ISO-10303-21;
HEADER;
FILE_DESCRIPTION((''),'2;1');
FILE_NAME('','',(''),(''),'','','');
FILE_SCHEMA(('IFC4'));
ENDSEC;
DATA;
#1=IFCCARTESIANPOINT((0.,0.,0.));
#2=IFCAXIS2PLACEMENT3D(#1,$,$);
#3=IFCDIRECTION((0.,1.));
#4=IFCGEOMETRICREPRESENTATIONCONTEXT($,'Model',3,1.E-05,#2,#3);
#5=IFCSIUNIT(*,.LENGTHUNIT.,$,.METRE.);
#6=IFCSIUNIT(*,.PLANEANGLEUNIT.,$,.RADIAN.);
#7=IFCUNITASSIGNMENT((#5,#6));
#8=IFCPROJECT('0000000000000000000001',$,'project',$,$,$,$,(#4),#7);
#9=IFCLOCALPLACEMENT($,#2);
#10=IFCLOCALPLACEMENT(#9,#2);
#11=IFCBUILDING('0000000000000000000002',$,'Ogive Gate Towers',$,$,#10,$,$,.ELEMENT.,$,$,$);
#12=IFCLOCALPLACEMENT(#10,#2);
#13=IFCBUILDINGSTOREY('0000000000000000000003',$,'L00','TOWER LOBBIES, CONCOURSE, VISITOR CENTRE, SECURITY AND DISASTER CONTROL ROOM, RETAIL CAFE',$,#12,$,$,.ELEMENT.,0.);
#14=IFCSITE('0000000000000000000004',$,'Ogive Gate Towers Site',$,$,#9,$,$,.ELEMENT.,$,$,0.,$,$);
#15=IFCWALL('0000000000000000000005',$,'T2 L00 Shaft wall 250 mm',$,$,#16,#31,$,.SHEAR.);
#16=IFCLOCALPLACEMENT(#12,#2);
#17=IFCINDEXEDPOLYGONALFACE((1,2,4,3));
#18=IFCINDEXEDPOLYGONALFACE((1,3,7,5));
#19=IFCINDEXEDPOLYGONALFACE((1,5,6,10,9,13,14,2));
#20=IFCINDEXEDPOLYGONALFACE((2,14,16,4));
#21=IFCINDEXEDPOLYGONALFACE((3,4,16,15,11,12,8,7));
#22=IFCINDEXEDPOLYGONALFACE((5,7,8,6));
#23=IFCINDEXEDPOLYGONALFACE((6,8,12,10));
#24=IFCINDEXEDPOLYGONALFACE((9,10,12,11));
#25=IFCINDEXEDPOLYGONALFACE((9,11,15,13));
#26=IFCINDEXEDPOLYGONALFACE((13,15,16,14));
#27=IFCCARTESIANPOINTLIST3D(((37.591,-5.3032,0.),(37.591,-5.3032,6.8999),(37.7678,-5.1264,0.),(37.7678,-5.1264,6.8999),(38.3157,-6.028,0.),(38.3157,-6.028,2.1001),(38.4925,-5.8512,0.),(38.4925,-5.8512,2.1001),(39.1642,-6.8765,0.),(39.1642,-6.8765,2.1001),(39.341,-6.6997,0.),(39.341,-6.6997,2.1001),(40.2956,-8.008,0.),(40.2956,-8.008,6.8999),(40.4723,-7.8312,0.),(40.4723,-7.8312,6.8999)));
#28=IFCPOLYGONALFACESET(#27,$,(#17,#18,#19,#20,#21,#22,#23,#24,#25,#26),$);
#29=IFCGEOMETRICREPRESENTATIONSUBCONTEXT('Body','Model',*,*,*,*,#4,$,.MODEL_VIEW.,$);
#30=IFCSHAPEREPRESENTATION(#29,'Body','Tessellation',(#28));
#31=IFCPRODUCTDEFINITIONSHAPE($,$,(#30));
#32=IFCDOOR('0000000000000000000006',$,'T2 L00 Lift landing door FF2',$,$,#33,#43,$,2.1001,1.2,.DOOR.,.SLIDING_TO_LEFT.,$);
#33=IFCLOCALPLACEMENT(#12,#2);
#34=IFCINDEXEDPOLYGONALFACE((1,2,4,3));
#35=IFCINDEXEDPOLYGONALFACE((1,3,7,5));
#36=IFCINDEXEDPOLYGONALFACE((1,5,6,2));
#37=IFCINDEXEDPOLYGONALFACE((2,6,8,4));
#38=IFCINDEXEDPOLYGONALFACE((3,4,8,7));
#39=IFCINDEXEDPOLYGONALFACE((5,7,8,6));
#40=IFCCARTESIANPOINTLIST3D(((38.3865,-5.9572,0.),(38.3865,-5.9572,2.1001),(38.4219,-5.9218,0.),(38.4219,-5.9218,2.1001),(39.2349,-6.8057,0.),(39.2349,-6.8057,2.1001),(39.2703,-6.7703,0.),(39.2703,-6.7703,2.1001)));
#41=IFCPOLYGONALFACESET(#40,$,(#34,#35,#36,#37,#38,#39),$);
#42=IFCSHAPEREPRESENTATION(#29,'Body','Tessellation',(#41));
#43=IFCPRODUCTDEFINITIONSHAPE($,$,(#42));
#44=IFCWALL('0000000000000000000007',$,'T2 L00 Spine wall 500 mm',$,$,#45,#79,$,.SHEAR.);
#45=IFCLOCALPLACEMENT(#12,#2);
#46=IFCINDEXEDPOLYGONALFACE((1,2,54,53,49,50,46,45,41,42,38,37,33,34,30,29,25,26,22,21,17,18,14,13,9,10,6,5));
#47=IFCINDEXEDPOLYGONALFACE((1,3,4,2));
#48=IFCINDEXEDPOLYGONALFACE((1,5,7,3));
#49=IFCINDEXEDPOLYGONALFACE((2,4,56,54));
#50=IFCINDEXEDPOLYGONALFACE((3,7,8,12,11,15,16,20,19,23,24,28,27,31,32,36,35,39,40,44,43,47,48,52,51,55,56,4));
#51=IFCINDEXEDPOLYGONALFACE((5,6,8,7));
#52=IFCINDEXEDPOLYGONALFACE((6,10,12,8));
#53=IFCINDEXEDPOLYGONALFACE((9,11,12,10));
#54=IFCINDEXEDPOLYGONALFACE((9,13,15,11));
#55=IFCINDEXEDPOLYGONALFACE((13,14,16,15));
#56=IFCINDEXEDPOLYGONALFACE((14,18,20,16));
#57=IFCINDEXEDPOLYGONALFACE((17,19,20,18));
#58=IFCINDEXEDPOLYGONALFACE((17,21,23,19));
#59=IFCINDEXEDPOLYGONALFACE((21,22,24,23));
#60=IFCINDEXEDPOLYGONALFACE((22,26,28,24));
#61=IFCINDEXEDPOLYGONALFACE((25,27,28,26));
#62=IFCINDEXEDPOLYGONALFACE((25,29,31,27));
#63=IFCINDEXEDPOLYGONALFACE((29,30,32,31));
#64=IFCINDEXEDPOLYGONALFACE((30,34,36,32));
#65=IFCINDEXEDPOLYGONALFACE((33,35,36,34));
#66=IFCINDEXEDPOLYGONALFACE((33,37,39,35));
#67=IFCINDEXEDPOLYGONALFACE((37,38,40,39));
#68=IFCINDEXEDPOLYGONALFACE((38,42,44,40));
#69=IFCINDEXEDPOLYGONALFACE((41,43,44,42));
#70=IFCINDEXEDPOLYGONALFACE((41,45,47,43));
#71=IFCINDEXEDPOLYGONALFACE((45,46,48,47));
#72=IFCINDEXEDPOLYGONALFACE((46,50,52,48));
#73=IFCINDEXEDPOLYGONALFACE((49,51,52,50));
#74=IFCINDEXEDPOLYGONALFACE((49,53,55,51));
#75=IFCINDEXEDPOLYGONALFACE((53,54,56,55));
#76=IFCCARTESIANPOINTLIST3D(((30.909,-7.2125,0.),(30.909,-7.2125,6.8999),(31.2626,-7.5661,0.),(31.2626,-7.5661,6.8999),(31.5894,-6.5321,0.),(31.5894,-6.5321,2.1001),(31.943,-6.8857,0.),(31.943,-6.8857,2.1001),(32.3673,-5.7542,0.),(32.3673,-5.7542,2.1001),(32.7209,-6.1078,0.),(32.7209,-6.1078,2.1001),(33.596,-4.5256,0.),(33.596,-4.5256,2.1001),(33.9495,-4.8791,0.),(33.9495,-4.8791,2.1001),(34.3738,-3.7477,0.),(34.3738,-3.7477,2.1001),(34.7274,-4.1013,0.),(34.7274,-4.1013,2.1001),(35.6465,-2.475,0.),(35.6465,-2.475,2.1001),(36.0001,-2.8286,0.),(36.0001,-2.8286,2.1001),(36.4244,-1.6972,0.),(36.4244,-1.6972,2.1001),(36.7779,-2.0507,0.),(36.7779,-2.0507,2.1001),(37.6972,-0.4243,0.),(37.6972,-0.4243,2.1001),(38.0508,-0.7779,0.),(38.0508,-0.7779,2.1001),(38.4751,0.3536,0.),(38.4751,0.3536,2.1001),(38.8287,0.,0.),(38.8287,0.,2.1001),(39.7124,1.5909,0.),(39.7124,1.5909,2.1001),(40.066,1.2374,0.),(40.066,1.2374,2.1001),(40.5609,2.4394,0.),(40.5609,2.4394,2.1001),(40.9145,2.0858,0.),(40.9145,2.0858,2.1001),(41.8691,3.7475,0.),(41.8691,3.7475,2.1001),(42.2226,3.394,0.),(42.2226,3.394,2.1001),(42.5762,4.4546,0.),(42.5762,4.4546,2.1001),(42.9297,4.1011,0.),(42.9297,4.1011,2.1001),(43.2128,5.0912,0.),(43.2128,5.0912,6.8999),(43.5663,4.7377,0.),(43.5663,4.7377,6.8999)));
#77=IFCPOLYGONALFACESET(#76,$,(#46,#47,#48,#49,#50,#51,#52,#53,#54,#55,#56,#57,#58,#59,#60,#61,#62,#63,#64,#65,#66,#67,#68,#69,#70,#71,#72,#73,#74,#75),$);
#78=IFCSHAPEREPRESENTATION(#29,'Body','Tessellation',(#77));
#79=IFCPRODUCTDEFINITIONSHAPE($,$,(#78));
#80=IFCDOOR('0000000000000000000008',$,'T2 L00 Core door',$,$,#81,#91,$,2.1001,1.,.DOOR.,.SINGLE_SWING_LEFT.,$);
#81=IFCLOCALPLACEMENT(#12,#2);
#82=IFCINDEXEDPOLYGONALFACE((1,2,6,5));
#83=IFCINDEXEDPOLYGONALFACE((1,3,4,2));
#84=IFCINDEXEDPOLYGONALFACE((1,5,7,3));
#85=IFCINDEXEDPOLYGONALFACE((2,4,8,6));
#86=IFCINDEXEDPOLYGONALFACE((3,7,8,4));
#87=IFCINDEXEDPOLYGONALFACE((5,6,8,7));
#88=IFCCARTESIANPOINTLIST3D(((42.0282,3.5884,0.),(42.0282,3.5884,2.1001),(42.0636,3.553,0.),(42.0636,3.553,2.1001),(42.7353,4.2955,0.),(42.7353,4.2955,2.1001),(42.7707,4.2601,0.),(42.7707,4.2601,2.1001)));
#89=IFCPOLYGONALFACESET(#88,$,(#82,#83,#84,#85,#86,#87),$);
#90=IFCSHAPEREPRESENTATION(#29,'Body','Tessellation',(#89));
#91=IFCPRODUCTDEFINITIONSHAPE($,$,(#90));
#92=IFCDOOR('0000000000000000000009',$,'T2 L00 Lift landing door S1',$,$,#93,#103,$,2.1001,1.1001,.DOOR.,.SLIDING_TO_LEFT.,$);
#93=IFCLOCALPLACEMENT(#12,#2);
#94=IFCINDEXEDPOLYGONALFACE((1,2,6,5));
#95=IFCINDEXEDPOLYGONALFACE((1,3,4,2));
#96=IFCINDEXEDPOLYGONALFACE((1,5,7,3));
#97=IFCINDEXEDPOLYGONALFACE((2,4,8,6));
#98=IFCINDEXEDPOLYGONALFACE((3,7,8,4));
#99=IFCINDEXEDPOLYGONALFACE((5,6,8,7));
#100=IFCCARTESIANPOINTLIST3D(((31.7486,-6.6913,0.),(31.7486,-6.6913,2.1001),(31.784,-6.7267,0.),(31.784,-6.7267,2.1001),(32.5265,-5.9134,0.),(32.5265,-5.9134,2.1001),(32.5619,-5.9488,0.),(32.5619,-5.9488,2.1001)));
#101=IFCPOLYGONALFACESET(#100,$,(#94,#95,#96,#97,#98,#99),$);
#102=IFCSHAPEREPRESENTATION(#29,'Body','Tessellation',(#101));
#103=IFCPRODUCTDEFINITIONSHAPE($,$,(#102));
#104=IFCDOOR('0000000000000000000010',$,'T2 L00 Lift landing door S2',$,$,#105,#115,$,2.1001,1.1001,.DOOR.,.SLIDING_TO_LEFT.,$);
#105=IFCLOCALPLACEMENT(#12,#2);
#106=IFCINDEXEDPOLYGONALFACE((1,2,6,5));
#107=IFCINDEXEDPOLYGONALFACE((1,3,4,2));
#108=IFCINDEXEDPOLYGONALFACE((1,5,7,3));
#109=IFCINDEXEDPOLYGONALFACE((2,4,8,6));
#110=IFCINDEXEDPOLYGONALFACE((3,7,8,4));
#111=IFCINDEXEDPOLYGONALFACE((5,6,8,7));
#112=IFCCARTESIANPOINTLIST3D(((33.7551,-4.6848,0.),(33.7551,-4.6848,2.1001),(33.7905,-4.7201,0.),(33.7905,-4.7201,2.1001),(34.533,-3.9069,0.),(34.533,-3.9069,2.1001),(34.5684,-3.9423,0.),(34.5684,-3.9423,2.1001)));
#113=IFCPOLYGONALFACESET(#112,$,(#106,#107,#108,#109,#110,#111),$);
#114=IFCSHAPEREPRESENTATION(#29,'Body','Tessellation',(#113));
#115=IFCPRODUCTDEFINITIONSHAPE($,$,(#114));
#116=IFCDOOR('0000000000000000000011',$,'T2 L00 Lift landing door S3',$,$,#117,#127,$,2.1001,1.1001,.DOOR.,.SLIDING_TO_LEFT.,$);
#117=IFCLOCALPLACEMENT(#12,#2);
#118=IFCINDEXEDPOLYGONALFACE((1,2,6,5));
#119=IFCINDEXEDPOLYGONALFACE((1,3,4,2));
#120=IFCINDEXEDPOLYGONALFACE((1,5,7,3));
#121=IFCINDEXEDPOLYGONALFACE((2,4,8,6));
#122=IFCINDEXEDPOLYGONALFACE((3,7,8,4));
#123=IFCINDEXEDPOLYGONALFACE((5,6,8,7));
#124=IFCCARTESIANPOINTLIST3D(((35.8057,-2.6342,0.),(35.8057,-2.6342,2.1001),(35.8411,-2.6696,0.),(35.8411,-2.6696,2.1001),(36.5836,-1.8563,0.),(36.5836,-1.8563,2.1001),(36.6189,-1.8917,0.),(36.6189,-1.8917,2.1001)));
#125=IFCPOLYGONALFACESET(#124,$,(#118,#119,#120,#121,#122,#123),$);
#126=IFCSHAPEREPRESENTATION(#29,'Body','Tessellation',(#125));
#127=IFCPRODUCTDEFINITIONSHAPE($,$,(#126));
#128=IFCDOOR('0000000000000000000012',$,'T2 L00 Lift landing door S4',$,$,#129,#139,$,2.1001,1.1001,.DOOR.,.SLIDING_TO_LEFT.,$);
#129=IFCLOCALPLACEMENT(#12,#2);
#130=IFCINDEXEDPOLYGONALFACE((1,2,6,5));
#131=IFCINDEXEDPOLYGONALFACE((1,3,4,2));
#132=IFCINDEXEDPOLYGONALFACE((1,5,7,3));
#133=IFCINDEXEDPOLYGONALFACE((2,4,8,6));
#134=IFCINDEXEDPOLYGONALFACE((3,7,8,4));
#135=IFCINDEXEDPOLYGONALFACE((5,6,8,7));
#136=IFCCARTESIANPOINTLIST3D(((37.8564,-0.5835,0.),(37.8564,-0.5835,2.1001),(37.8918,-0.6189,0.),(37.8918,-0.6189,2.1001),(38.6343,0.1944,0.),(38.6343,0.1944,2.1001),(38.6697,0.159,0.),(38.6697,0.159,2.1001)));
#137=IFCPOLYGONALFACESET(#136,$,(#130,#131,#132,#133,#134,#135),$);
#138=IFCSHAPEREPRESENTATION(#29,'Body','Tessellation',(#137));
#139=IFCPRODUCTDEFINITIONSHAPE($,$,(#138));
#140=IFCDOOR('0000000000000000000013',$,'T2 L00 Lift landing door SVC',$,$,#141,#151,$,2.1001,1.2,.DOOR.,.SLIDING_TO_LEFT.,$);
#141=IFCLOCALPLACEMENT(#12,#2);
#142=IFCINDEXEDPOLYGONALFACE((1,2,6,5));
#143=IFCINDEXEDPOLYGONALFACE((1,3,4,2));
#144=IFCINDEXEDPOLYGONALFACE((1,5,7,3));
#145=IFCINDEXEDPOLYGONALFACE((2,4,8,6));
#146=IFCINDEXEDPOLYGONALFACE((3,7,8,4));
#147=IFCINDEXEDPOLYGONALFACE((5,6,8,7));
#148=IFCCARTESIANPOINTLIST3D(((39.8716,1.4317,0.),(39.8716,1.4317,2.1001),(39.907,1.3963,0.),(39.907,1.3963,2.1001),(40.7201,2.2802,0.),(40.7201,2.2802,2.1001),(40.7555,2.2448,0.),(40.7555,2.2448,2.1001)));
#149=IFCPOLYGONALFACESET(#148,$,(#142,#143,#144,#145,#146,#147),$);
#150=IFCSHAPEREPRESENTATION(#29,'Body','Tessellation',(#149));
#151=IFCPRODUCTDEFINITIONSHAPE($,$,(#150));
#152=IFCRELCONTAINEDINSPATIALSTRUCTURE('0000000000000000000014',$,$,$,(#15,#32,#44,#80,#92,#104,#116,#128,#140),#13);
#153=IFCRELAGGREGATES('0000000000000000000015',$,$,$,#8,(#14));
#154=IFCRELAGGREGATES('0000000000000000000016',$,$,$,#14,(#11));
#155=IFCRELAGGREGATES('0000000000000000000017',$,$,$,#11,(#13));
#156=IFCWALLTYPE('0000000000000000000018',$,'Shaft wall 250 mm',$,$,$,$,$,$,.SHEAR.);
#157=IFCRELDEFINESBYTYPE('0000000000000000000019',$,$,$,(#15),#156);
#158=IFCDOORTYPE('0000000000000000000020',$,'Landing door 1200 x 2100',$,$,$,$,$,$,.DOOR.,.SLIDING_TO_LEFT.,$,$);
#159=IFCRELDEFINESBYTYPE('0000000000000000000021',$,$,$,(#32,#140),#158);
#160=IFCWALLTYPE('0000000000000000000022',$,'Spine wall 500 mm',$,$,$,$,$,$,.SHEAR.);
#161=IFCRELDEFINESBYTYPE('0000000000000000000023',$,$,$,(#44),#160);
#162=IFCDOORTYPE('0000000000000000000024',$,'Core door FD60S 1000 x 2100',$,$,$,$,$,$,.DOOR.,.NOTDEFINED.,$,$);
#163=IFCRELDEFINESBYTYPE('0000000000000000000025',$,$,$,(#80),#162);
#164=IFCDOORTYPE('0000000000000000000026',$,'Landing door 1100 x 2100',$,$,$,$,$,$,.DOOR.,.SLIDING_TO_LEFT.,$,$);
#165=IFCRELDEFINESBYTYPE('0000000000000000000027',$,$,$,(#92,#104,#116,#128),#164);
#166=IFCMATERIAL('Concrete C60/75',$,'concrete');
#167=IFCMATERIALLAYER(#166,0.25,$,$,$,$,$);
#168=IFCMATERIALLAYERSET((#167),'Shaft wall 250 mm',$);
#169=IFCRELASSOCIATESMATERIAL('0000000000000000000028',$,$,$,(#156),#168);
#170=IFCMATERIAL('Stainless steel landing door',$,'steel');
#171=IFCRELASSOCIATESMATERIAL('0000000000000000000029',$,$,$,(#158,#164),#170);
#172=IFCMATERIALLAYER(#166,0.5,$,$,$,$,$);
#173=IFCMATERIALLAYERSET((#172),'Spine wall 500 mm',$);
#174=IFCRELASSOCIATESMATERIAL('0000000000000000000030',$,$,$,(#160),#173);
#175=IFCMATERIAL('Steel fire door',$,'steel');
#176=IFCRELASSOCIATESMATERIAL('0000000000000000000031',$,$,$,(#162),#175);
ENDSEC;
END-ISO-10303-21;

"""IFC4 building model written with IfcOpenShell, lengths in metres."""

from ifc_helpers import new_model, si_unit, direction, frame, frame_2d, origin, place, context, subcontext, project, spatial, rectangle, extrude, material, layer, layer_set, type_object, element, fill, save


model = new_model("IFC4")

# Units and contexts
model_context = context("Model", 3, precision=1e-05, world=origin(), true_north=direction((0.0, 1.0)))
body_context = subcontext(model_context, "Body", "Model", "MODEL_VIEW")
ifc_project = project(units=[si_unit("LENGTHUNIT", "METRE"), si_unit("PLANEANGLEUNIT", "RADIAN")], contexts=[model_context])

# Site, building, storey
site_placement = place(None, origin())
site = spatial("IfcSite", under=ifc_project, at=site_placement, Name="Ogive Gate Towers Site", CompositionType="ELEMENT", RefElevation=0.0)
building_placement = place(site_placement, origin())
building = spatial("IfcBuilding", under=site, at=building_placement, Name="Ogive Gate Towers", CompositionType="ELEMENT")
storey_placement = place(building_placement, origin())
storey = spatial("IfcBuildingStorey", under=building, at=storey_placement, Name="L00", Description="TOWER LOBBIES, CONCOURSE, VISITOR CENTRE, SECURITY AND DISASTER CONTROL ROOM, RETAIL CAFE", CompositionType="ELEMENT", Elevation=0.0)

# Shared definitions
ifc_material_1 = material(Name="Concrete C60/75", Category="concrete")
ifc_material_2 = material(Name="Steel fire door", Category="steel")

# Shared definitions
ifc_layer_1 = layer(ifc_material_1, 0.25)
ifc_layer_set_1 = layer_set([ifc_layer_1], Name="Shaft wall 250 mm")
wall_type_1 = type_object("IfcWallType", Name="Shaft wall 250 mm", PredefinedType="SHEAR", material=ifc_layer_set_1)

# Wall, opening, door
wall_1_placement = place(storey_placement, frame((40.384, -7.9197, 0.0), z_axis=(0.0, 0.0, 1.0), x_axis=(-0.707075, 0.707139, 0.0)))
wall_1 = element("IfcWall", 1, at=wall_1_placement, inside=storey, type_object=wall_type_1, Name="T2 L00 Shaft wall 250 mm", PredefinedType="SHEAR", context=body_context, shape_type="SweptSolid", body=[
    extrude(rectangle(XDim=3.825, YDim=0.25, at=frame_2d((1.9126, 0.0))), origin(), (0.0, 0.0, 1.0), 6.8999),
])
opening_1_placement = place(wall_1_placement, frame((1.6001, 0.0, 0.0)))
opening_1 = element("IfcOpeningElement", 2, at=opening_1_placement, cuts=wall_1, PredefinedType="OPENING", context=body_context, shape_type="SweptSolid", body=[
    extrude(rectangle(XDim=1.2, YDim=2.1001, at=frame_2d((0.6001, 1.05))), frame((0.0, 0.135, 0.0), z_axis=(0.0, -1.0, 0.0), x_axis=(1.0, 0.0, 0.0)), (0.0, 0.0, 1.0), 0.27),
])
ifc_material_3 = material(Name="Stainless steel landing door", Category="steel")
door_type_1 = type_object("IfcDoorType", Name="Landing door 1200 x 2100", OperationType="SLIDING_TO_LEFT", PredefinedType="DOOR", material=ifc_material_3)
door_1_placement = place(opening_1_placement, origin())
door_1 = element("IfcDoor", 3, at=door_1_placement, inside=storey, type_object=door_type_1, Name="T2 L00 Lift landing door FF2", OperationType="SLIDING_TO_LEFT", OverallHeight=2.1001, OverallWidth=1.2, PredefinedType="DOOR", context=body_context, shape_type="SweptSolid", body=[
    extrude(rectangle(XDim=1.2, YDim=2.1001, at=frame_2d((0.6001, 1.05))), frame((0.0, 0.0249, 0.0), z_axis=(0.0, -1.0, 0.0), x_axis=(1.0, 0.0, 0.0)), (0.0, 0.0, 1.0), 0.05),
])
fill(opening_1, door_1)

# Wall, openings, doors
ifc_layer_2 = layer(ifc_material_1, 0.5)
ifc_layer_set_2 = layer_set([ifc_layer_2], Name="Spine wall 500 mm")
wall_type_2 = type_object("IfcWallType", Name="Spine wall 500 mm", PredefinedType="SHEAR", material=ifc_layer_set_2)
wall_2_placement = place(storey_placement, frame((31.0857, -7.3894, 0.0), z_axis=(0.0, 0.0, 1.0), x_axis=(0.707107, 0.707107, 0.0)))
wall_2 = element("IfcWall", 4, at=wall_2_placement, inside=storey, type_object=wall_type_2, Name="T2 L00 Spine wall 500 mm", PredefinedType="SHEAR", context=body_context, shape_type="SweptSolid", body=[
    extrude(rectangle(XDim=17.4001, YDim=0.5, at=frame_2d((8.7002, 0.0))), origin(), (0.0, 0.0, 1.0), 6.8999),
])
opening_2_placement = place(wall_2_placement, frame((0.9624, 0.0, 0.0)))
opening_2 = element("IfcOpeningElement", 5, at=opening_2_placement, cuts=wall_2, PredefinedType="OPENING", context=body_context, shape_type="SweptSolid", body=[
    extrude(rectangle(XDim=1.1001, YDim=2.1001, at=frame_2d((0.55, 1.05))), frame((0.0, 0.26, 0.0), z_axis=(0.0, -1.0, 0.0), x_axis=(1.0, 0.0, 0.0)), (0.0, 0.0, 1.0), 0.52),
])
opening_3_placement = place(wall_2_placement, frame((3.8, 0.0, 0.0)))
opening_3 = element("IfcOpeningElement", 6, at=opening_3_placement, cuts=wall_2, PredefinedType="OPENING", context=body_context, shape_type="SweptSolid", body=[
    extrude(rectangle(XDim=1.1001, YDim=2.1001, at=frame_2d((0.55, 1.05))), frame((0.0, 0.26, 0.0), z_axis=(0.0, -1.0, 0.0), x_axis=(1.0, 0.0, 0.0)), (0.0, 0.0, 1.0), 0.52),
])
opening_4_placement = place(wall_2_placement, frame((6.7, 0.0, 0.0)))
opening_4 = element("IfcOpeningElement", 7, at=opening_4_placement, cuts=wall_2, PredefinedType="OPENING", context=body_context, shape_type="SweptSolid", body=[
    extrude(rectangle(XDim=1.1001, YDim=2.1001, at=frame_2d((0.55, 1.05))), frame((0.0, 0.26, 0.0), z_axis=(0.0, -1.0, 0.0), x_axis=(1.0, 0.0, 0.0)), (0.0, 0.0, 1.0), 0.52),
])
opening_5_placement = place(wall_2_placement, frame((9.6001, 0.0, 0.0)))
opening_5 = element("IfcOpeningElement", 8, at=opening_5_placement, cuts=wall_2, PredefinedType="OPENING", context=body_context, shape_type="SweptSolid", body=[
    extrude(rectangle(XDim=1.1001, YDim=2.1001, at=frame_2d((0.55, 1.05))), frame((0.0, 0.26, 0.0), z_axis=(0.0, -1.0, 0.0), x_axis=(1.0, 0.0, 0.0)), (0.0, 0.0, 1.0), 0.52),
])
opening_6_placement = place(wall_2_placement, frame((12.45, 0.0, 0.0)))
opening_6 = element("IfcOpeningElement", 9, at=opening_6_placement, cuts=wall_2, PredefinedType="OPENING", context=body_context, shape_type="SweptSolid", body=[
    extrude(rectangle(XDim=1.2, YDim=2.1001, at=frame_2d((0.6001, 1.05))), frame((0.0, 0.26, 0.0), z_axis=(0.0, -1.0, 0.0), x_axis=(1.0, 0.0, 0.0)), (0.0, 0.0, 1.0), 0.52),
])
opening_7_placement = place(wall_2_placement, frame((15.5, 0.0, 0.0)))
opening_7 = element("IfcOpeningElement", 10, at=opening_7_placement, cuts=wall_2, PredefinedType="OPENING", context=body_context, shape_type="SweptSolid", body=[
    extrude(rectangle(XDim=1.0, YDim=2.1001, at=frame_2d((0.5, 1.05))), frame((0.0, 0.26, 0.0), z_axis=(0.0, -1.0, 0.0), x_axis=(1.0, 0.0, 0.0)), (0.0, 0.0, 1.0), 0.52),
])
door_type_2 = type_object("IfcDoorType", Name="Core door FD60S 1000 x 2100", OperationType="NOTDEFINED", PredefinedType="DOOR", material=ifc_material_2)
door_2_placement = place(opening_7_placement, origin())
door_2 = element("IfcDoor", 11, at=door_2_placement, inside=storey, type_object=door_type_2, Name="T2 L00 Core door", OperationType="SINGLE_SWING_LEFT", OverallHeight=2.1001, OverallWidth=1.0, PredefinedType="DOOR", context=body_context, shape_type="SweptSolid", body=[
    extrude(rectangle(XDim=1.0, YDim=2.1001, at=frame_2d((0.5, 1.05))), frame((0.0, 0.0249, 0.0), z_axis=(0.0, -1.0, 0.0), x_axis=(1.0, 0.0, 0.0)), (0.0, 0.0, 1.0), 0.05),
])
fill(opening_7, door_2)
door_type_3 = type_object("IfcDoorType", Name="Landing door 1100 x 2100", OperationType="SLIDING_TO_LEFT", PredefinedType="DOOR", material=ifc_material_3)
door_3_placement = place(opening_2_placement, origin())
door_3 = element("IfcDoor", 12, at=door_3_placement, inside=storey, type_object=door_type_3, Name="T2 L00 Lift landing door S1", OperationType="SLIDING_TO_LEFT", OverallHeight=2.1001, OverallWidth=1.1001, PredefinedType="DOOR", context=body_context, shape_type="SweptSolid", body=[
    extrude(rectangle(XDim=1.1001, YDim=2.1001, at=frame_2d((0.55, 1.05))), frame((0.0, 0.0249, 0.0), z_axis=(0.0, -1.0, 0.0), x_axis=(1.0, 0.0, 0.0)), (0.0, 0.0, 1.0), 0.05),
])
fill(opening_2, door_3)
door_4_placement = place(opening_3_placement, origin())
door_4 = element("IfcDoor", 13, at=door_4_placement, inside=storey, type_object=door_type_3, Name="T2 L00 Lift landing door S2", OperationType="SLIDING_TO_LEFT", OverallHeight=2.1001, OverallWidth=1.1001, PredefinedType="DOOR", context=body_context, shape_type="SweptSolid", body=[
    extrude(rectangle(XDim=1.1001, YDim=2.1001, at=frame_2d((0.55, 1.05))), frame((0.0, 0.0249, 0.0), z_axis=(0.0, -1.0, 0.0), x_axis=(1.0, 0.0, 0.0)), (0.0, 0.0, 1.0), 0.05),
])
fill(opening_3, door_4)
door_5_placement = place(opening_4_placement, origin())
door_5 = element("IfcDoor", 14, at=door_5_placement, inside=storey, type_object=door_type_3, Name="T2 L00 Lift landing door S3", OperationType="SLIDING_TO_LEFT", OverallHeight=2.1001, OverallWidth=1.1001, PredefinedType="DOOR", context=body_context, shape_type="SweptSolid", body=[
    extrude(rectangle(XDim=1.1001, YDim=2.1001, at=frame_2d((0.55, 1.05))), frame((0.0, 0.0249, 0.0), z_axis=(0.0, -1.0, 0.0), x_axis=(1.0, 0.0, 0.0)), (0.0, 0.0, 1.0), 0.05),
])
fill(opening_4, door_5)
door_6_placement = place(opening_5_placement, origin())
door_6 = element("IfcDoor", 15, at=door_6_placement, inside=storey, type_object=door_type_3, Name="T2 L00 Lift landing door S4", OperationType="SLIDING_TO_LEFT", OverallHeight=2.1001, OverallWidth=1.1001, PredefinedType="DOOR", context=body_context, shape_type="SweptSolid", body=[
    extrude(rectangle(XDim=1.1001, YDim=2.1001, at=frame_2d((0.55, 1.05))), frame((0.0, 0.0249, 0.0), z_axis=(0.0, -1.0, 0.0), x_axis=(1.0, 0.0, 0.0)), (0.0, 0.0, 1.0), 0.05),
])
fill(opening_5, door_6)
door_7_placement = place(opening_6_placement, origin())
door_7 = element("IfcDoor", 16, at=door_7_placement, inside=storey, type_object=door_type_1, Name="T2 L00 Lift landing door SVC", OperationType="SLIDING_TO_LEFT", OverallHeight=2.1001, OverallWidth=1.2, PredefinedType="DOOR", context=body_context, shape_type="SweptSolid", body=[
    extrude(rectangle(XDim=1.2, YDim=2.1001, at=frame_2d((0.6001, 1.05))), frame((0.0, 0.0249, 0.0), z_axis=(0.0, -1.0, 0.0), x_axis=(1.0, 0.0, 0.0)), (0.0, 0.0, 1.0), 0.05),
])
fill(opening_6, door_7)

save(model, "model.ifc")
